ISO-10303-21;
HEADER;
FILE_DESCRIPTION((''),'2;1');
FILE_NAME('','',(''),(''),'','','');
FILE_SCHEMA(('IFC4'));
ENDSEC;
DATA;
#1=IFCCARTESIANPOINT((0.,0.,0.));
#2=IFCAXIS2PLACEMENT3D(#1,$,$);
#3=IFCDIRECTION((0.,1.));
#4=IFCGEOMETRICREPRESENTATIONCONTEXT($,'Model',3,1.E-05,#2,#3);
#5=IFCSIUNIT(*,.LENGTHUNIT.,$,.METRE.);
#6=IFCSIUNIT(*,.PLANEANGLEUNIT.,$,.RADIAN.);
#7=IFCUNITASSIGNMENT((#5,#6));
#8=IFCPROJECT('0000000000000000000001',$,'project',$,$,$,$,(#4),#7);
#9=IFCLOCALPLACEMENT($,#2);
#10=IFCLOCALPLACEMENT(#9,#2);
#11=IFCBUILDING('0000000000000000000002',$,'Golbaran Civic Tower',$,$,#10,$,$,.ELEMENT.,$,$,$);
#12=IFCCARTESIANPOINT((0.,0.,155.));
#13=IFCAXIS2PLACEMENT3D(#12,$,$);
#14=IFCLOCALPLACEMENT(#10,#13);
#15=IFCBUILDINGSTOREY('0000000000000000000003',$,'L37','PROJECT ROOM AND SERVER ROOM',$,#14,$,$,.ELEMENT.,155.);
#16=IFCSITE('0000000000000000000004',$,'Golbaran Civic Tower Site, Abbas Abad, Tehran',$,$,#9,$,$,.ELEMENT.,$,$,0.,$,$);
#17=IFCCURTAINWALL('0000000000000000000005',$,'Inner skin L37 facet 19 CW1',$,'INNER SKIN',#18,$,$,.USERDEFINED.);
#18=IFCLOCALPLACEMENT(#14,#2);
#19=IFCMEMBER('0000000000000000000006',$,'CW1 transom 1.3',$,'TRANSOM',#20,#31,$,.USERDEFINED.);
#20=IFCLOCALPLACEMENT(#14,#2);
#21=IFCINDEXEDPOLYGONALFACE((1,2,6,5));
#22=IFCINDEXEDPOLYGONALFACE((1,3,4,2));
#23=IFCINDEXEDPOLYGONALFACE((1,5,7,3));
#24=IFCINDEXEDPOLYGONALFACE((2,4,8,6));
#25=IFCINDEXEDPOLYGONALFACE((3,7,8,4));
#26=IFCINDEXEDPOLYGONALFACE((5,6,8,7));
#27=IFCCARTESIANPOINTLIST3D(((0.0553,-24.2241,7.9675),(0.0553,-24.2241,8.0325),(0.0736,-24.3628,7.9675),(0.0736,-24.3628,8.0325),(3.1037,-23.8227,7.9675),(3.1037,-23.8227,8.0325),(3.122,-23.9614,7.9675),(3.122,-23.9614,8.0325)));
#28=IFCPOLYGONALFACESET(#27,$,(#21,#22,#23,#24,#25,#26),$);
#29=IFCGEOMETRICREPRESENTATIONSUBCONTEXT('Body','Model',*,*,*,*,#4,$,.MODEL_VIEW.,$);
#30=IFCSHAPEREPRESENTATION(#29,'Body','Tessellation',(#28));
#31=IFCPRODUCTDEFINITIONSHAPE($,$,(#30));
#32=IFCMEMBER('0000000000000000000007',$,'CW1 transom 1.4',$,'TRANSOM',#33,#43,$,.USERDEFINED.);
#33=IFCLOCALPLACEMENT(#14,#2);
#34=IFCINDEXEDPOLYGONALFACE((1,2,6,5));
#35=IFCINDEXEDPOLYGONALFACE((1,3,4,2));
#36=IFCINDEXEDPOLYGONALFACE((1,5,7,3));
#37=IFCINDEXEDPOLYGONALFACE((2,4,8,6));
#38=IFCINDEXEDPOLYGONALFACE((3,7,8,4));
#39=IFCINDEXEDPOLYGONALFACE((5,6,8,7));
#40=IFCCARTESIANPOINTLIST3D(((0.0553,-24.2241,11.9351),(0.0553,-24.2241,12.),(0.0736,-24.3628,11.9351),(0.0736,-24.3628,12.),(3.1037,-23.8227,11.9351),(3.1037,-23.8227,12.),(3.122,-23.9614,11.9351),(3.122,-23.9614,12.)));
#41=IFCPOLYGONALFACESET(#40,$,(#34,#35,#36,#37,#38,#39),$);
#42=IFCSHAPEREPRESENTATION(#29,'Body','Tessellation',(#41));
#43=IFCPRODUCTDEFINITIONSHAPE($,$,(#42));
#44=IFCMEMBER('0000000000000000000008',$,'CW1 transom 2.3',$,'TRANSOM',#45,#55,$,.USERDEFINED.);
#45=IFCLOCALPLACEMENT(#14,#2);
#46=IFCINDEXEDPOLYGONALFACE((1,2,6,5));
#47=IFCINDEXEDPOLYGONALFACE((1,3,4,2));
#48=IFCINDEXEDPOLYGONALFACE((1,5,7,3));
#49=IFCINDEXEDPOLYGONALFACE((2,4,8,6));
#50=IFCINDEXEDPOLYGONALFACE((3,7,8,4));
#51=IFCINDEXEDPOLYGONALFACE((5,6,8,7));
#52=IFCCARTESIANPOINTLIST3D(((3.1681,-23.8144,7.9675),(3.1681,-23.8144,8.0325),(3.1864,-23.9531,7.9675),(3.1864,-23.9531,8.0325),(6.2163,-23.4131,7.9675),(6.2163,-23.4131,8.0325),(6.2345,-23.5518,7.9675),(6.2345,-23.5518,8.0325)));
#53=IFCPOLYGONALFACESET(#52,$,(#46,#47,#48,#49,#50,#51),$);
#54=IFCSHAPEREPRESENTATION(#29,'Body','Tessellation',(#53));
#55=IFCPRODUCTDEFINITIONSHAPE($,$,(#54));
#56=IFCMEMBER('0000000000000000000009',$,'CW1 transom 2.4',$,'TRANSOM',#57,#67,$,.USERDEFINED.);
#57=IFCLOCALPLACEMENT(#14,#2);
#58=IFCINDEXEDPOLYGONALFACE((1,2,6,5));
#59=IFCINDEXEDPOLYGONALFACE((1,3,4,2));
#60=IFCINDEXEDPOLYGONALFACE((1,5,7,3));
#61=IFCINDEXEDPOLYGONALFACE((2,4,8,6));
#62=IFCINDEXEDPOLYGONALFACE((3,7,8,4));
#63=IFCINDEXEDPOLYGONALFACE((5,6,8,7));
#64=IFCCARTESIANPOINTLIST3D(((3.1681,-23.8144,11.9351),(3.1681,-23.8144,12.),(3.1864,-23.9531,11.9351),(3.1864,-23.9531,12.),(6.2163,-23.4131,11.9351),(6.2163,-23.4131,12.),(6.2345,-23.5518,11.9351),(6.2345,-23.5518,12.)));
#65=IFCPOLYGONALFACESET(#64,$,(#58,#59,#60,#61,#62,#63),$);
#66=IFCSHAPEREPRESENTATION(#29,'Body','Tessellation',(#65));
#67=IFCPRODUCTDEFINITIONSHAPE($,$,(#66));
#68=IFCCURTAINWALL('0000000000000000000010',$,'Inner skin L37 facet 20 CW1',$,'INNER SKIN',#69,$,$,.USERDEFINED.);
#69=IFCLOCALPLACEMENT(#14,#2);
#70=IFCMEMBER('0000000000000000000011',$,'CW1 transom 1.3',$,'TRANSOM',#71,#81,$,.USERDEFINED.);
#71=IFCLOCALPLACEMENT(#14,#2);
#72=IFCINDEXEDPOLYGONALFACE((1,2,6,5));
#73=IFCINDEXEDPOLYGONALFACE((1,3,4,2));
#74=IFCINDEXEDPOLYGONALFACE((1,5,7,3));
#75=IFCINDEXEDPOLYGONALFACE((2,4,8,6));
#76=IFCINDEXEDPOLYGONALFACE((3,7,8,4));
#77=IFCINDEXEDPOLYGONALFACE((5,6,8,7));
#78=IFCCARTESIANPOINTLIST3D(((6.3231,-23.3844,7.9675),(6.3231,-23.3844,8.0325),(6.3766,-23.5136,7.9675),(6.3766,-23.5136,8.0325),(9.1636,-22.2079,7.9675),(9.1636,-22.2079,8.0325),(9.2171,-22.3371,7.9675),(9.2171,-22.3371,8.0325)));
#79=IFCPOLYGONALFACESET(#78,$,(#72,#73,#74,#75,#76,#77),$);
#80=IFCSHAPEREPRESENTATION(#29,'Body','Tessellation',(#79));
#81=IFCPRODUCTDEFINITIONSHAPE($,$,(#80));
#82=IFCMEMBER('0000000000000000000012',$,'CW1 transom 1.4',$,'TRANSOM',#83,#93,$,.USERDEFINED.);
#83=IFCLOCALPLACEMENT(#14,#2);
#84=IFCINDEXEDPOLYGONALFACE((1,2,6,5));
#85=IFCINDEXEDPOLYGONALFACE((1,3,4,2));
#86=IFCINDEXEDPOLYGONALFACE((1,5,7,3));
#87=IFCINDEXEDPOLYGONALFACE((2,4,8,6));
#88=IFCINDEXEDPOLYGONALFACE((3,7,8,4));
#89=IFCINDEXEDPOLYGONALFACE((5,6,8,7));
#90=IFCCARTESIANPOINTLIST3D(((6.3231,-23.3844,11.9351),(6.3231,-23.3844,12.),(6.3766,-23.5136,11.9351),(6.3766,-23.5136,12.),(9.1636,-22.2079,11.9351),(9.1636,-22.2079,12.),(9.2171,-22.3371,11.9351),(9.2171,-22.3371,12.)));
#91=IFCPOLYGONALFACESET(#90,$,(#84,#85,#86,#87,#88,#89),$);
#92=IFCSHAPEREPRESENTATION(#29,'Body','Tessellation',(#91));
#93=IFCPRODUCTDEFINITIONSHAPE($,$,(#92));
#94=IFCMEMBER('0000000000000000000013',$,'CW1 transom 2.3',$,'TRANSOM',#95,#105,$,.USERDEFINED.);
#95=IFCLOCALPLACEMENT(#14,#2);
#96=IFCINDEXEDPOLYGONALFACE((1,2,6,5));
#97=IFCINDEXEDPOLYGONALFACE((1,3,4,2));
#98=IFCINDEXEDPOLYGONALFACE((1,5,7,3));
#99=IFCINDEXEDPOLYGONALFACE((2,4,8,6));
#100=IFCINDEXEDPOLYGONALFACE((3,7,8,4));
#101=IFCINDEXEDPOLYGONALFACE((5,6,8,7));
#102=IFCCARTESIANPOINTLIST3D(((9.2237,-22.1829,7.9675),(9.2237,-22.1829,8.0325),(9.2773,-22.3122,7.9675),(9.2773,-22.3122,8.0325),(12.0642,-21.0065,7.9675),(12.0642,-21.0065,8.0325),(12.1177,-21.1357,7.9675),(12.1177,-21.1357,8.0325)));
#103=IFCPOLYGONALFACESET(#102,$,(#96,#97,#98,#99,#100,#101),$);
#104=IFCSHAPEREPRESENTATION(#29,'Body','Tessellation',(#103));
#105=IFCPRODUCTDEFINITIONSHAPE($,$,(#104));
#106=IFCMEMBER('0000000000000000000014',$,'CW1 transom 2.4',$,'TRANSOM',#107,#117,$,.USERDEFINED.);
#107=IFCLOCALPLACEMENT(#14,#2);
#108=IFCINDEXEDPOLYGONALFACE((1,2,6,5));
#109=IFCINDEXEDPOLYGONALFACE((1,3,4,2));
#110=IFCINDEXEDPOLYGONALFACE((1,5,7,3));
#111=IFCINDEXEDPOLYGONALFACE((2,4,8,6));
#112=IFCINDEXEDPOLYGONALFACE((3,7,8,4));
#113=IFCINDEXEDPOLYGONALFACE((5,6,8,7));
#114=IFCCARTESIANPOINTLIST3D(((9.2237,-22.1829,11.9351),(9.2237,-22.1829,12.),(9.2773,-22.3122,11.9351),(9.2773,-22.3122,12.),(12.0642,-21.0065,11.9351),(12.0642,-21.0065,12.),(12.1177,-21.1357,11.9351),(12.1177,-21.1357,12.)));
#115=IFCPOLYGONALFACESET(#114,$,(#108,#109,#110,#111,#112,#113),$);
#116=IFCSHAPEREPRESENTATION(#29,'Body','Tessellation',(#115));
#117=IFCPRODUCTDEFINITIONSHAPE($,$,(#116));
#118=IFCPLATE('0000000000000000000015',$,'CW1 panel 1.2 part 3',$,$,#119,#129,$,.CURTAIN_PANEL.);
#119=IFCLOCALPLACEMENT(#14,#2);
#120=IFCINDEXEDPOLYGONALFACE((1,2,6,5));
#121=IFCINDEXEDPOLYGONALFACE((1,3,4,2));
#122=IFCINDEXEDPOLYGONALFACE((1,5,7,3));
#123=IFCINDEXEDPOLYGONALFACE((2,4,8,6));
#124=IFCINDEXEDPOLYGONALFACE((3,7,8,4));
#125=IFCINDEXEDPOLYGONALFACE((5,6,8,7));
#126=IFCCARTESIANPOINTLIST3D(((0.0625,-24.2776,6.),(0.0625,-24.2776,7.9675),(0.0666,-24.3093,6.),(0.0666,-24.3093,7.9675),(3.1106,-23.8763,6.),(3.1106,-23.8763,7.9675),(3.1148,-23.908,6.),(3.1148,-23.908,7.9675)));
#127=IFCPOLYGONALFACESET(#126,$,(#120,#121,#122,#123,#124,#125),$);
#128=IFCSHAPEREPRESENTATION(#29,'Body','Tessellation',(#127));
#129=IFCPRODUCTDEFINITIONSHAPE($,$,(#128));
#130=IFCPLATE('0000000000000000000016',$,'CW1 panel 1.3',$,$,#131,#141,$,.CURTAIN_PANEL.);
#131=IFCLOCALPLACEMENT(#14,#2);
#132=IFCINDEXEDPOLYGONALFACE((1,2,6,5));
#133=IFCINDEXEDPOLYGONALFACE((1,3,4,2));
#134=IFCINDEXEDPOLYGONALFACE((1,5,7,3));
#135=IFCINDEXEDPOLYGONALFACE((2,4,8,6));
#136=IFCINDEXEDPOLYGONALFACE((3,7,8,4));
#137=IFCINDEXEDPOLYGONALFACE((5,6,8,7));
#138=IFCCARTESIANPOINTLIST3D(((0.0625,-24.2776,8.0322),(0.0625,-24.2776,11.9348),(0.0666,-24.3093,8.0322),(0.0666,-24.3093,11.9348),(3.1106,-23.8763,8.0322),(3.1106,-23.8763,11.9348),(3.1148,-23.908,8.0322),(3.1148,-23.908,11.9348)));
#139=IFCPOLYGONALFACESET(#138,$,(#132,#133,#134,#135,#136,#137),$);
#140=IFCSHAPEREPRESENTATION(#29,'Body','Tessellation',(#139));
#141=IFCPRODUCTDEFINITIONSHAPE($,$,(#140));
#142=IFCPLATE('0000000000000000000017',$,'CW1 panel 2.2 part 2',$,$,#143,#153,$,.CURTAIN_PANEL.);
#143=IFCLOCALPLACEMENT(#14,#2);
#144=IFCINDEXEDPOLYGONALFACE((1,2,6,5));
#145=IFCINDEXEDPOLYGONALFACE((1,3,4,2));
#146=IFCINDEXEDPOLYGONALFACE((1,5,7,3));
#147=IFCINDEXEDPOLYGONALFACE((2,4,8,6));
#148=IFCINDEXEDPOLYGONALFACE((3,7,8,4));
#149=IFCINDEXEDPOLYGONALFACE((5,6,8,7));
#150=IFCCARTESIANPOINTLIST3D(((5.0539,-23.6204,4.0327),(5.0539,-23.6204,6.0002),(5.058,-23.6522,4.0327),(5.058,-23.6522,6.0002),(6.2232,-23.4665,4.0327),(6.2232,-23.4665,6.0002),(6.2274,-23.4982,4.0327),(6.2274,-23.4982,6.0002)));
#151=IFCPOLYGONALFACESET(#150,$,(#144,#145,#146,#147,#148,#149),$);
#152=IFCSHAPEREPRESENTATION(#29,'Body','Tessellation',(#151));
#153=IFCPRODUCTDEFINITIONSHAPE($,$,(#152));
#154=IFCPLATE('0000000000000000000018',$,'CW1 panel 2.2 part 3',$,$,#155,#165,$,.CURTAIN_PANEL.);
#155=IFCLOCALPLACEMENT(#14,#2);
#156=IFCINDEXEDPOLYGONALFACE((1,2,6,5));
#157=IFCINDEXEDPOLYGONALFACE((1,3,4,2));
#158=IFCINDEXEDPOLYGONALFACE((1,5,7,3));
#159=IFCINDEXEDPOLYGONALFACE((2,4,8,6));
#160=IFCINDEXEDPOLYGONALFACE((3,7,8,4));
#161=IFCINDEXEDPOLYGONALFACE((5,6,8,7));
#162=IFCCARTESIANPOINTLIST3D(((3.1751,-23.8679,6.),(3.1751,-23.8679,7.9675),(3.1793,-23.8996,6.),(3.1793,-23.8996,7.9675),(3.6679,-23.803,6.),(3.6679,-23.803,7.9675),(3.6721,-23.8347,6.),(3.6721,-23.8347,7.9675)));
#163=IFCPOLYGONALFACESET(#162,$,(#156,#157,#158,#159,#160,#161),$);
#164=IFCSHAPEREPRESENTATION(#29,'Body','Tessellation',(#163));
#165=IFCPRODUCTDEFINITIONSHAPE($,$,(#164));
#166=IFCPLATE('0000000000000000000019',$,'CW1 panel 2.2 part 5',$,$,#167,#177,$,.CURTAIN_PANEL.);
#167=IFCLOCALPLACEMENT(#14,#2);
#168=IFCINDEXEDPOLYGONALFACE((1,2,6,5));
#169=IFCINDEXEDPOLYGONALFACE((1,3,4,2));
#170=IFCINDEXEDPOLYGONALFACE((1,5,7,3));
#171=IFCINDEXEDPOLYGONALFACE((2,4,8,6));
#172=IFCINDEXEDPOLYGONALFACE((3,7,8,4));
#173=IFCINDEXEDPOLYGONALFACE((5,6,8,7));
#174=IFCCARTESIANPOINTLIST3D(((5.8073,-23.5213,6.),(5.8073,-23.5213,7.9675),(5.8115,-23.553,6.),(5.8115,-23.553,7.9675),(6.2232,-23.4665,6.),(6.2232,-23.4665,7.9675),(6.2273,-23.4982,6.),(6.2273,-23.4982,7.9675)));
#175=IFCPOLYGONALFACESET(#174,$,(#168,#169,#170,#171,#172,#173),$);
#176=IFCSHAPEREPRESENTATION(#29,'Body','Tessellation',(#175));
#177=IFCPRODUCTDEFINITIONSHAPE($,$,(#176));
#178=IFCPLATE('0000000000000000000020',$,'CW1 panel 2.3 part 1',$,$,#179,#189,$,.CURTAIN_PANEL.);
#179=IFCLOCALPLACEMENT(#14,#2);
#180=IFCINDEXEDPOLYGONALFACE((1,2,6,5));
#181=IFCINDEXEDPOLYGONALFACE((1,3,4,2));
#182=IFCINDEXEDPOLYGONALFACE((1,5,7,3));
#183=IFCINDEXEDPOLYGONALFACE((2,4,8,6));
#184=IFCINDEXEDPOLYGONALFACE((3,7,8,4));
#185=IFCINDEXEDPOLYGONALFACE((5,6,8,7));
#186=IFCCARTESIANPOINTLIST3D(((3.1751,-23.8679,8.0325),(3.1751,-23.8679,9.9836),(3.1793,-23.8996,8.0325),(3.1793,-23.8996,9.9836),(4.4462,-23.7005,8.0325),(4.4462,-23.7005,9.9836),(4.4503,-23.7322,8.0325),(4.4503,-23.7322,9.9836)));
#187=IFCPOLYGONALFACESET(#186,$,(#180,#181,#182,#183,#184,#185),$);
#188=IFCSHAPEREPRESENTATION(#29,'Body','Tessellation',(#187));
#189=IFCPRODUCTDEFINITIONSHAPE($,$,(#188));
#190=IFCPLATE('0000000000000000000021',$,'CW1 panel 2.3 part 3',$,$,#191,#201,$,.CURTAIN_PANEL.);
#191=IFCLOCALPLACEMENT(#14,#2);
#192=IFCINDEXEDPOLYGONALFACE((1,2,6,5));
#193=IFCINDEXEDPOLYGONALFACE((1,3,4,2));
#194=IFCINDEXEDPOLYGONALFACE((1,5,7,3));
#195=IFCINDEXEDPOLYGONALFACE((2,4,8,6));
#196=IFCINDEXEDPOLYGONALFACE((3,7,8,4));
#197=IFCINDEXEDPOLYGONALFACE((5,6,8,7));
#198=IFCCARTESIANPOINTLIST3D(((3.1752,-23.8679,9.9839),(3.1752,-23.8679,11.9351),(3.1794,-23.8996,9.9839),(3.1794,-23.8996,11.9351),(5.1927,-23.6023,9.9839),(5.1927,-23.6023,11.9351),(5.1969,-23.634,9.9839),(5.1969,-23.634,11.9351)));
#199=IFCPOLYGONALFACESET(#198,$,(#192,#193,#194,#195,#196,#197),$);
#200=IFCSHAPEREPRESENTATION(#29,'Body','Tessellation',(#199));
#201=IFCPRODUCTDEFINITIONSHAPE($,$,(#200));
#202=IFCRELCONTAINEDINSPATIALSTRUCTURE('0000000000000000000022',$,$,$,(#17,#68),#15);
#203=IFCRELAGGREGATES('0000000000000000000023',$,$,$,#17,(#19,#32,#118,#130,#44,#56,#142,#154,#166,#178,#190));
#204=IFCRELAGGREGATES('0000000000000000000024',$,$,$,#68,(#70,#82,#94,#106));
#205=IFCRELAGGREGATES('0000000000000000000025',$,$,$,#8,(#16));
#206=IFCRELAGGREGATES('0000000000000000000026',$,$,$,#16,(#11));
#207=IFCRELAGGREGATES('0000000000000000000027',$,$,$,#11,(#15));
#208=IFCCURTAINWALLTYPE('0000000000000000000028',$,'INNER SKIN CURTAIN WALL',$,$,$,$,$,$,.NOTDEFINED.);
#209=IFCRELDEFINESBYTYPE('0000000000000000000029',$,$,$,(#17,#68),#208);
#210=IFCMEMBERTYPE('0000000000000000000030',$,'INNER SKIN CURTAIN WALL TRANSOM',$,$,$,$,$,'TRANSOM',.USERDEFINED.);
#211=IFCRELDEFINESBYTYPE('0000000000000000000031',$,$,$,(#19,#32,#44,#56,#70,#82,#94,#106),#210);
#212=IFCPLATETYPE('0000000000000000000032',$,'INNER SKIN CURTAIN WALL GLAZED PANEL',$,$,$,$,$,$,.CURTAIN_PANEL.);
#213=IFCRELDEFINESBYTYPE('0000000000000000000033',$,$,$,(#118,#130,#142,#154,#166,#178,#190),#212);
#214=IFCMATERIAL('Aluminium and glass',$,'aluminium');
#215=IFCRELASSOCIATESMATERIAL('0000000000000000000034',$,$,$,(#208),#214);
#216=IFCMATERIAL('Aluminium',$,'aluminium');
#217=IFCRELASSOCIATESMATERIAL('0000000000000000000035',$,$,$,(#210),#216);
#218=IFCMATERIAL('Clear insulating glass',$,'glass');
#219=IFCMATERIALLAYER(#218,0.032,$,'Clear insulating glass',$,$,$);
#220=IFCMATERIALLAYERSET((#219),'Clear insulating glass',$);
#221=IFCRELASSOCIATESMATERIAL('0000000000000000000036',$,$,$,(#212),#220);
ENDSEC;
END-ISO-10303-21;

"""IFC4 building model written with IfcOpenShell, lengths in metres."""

from ifc_helpers import new_model, si_unit, direction, frame, origin, origin_2d, place, context, subcontext, project, spatial, rectangle, extrude, material, layer, layer_set, material_profile, profile_set, type_object, element, aggregate, save


model = new_model("IFC4")

# Units and contexts
model_context = context("Model", 3, precision=1e-05, world=origin(), true_north=direction((0.0, 1.0)))
body_context = subcontext(model_context, "Body", "Model", "MODEL_VIEW")
ifc_project = project(units=[si_unit("LENGTHUNIT", "METRE"), si_unit("PLANEANGLEUNIT", "RADIAN")], contexts=[model_context])

# Site, building, storey
site_placement = place(None, origin())
site = spatial("IfcSite", under=ifc_project, at=site_placement, Name="Golbaran Civic Tower Site, Abbas Abad, Tehran", CompositionType="ELEMENT", RefElevation=0.0)
building_placement = place(site_placement, origin())
building = spatial("IfcBuilding", under=site, at=building_placement, Name="Golbaran Civic Tower", CompositionType="ELEMENT")
storey_placement = place(building_placement, frame((0.0, 0.0, 155.0)))
storey = spatial("IfcBuildingStorey", under=building, at=storey_placement, Name="L37", Description="PROJECT ROOM AND SERVER ROOM", CompositionType="ELEMENT", Elevation=155.0)

# Curtain walls, members
ifc_material_1 = material(Name="Aluminium and glass", Category="aluminium")
curtain_wall_type = type_object("IfcCurtainWallType", Name="INNER SKIN CURTAIN WALL", PredefinedType="NOTDEFINED", material=ifc_material_1)
curtain_wall_1_placement = place(storey_placement, origin())
curtain_wall_1 = element("IfcCurtainWall", 1, at=curtain_wall_1_placement, inside=storey, type_object=curtain_wall_type, Name="Inner skin L37 facet 19 CW1", ObjectType="INNER SKIN", PredefinedType="USERDEFINED")
ifc_material_2 = material(Name="Aluminium", Category="aluminium")
ifc_material_profile = material_profile(ifc_material_2, rectangle(XDim=0.1399, YDim=0.0649, at=origin_2d()), Name="INNER SKIN CURTAIN WALL TRANSOM")
ifc_profile_set = profile_set([ifc_material_profile], Name="Aluminium")
member_type = type_object("IfcMemberType", Name="INNER SKIN CURTAIN WALL TRANSOM", ElementType="TRANSOM", PredefinedType="USERDEFINED", material=ifc_profile_set)
member_1_placement = place(storey_placement, frame((0.0645, -24.2935, 8.0), z_axis=(0.991443, 0.130541, 0.0), x_axis=(-0.130541, 0.991443, 0.0)))
member_1 = element("IfcMember", 2, at=member_1_placement, type_object=member_type, Name="CW1 transom 1.3", ObjectType="TRANSOM", PredefinedType="USERDEFINED", context=body_context, shape_type="SweptSolid", body=[
    extrude(rectangle(XDim=0.1399, YDim=0.0649, at=origin_2d()), origin(), (0.0, 0.0, 1.0), 3.0747),
])
member_2_placement = place(storey_placement, frame((0.0645, -24.2935, 11.9675), z_axis=(0.991443, 0.130541, 0.0), x_axis=(-0.130541, 0.991443, 0.0)))
member_2 = element("IfcMember", 3, at=member_2_placement, type_object=member_type, Name="CW1 transom 1.4", ObjectType="TRANSOM", PredefinedType="USERDEFINED", context=body_context, shape_type="SweptSolid", body=[
    extrude(rectangle(XDim=0.1399, YDim=0.0649, at=origin_2d()), origin(), (0.0, 0.0, 1.0), 3.0747),
])
member_3_placement = place(storey_placement, frame((3.1772, -23.8838, 8.0), z_axis=(0.991442, 0.130551, 0.0), x_axis=(-0.130551, 0.991442, 0.0)))
member_3 = element("IfcMember", 4, at=member_3_placement, type_object=member_type, Name="CW1 transom 2.3", ObjectType="TRANSOM", PredefinedType="USERDEFINED", context=body_context, shape_type="SweptSolid", body=[
    extrude(rectangle(XDim=0.1399, YDim=0.0649, at=origin_2d()), origin(), (0.0, 0.0, 1.0), 3.0745),
])
member_4_placement = place(storey_placement, frame((3.1772, -23.8838, 11.9675), z_axis=(0.991442, 0.130551, 0.0), x_axis=(-0.130551, 0.991442, 0.0)))
member_4 = element("IfcMember", 5, at=member_4_placement, type_object=member_type, Name="CW1 transom 2.4", ObjectType="TRANSOM", PredefinedType="USERDEFINED", context=body_context, shape_type="SweptSolid", body=[
    extrude(rectangle(XDim=0.1399, YDim=0.0649, at=origin_2d()), origin(), (0.0, 0.0, 1.0), 3.0745),
])
curtain_wall_2_placement = place(storey_placement, origin())
curtain_wall_2 = element("IfcCurtainWall", 6, at=curtain_wall_2_placement, inside=storey, type_object=curtain_wall_type, Name="Inner skin L37 facet 20 CW1", ObjectType="INNER SKIN", PredefinedType="USERDEFINED")
member_5_placement = place(storey_placement, frame((6.3499, -23.449, 8.0), z_axis=(0.92389, 0.382658, 0.0), x_axis=(-0.382658, 0.92389, 0.0)))
member_5 = element("IfcMember", 7, at=member_5_placement, type_object=member_type, Name="CW1 transom 1.3", ObjectType="TRANSOM", PredefinedType="USERDEFINED", context=body_context, shape_type="SweptSolid", body=[
    extrude(rectangle(XDim=0.1399, YDim=0.0649, at=origin_2d()), origin(), (0.0, 0.0, 1.0), 3.0745),
])
member_6_placement = place(storey_placement, frame((6.3499, -23.449, 11.9675), z_axis=(0.92389, 0.382658, 0.0), x_axis=(-0.382658, 0.92389, 0.0)))
member_6 = element("IfcMember", 8, at=member_6_placement, type_object=member_type, Name="CW1 transom 1.4", ObjectType="TRANSOM", PredefinedType="USERDEFINED", context=body_context, shape_type="SweptSolid", body=[
    extrude(rectangle(XDim=0.1399, YDim=0.0649, at=origin_2d()), origin(), (0.0, 0.0, 1.0), 3.0745),
])
member_7_placement = place(storey_placement, frame((9.2505, -22.2476, 8.0), z_axis=(0.92389, 0.382658, 0.0), x_axis=(-0.382658, 0.92389, 0.0)))
member_7 = element("IfcMember", 9, at=member_7_placement, type_object=member_type, Name="CW1 transom 2.3", ObjectType="TRANSOM", PredefinedType="USERDEFINED", context=body_context, shape_type="SweptSolid", body=[
    extrude(rectangle(XDim=0.1399, YDim=0.0649, at=origin_2d()), origin(), (0.0, 0.0, 1.0), 3.0745),
])
member_8_placement = place(storey_placement, frame((9.2505, -22.2476, 11.9675), z_axis=(0.92389, 0.382658, 0.0), x_axis=(-0.382658, 0.92389, 0.0)))
member_8 = element("IfcMember", 10, at=member_8_placement, type_object=member_type, Name="CW1 transom 2.4", ObjectType="TRANSOM", PredefinedType="USERDEFINED", context=body_context, shape_type="SweptSolid", body=[
    extrude(rectangle(XDim=0.1399, YDim=0.0649, at=origin_2d()), origin(), (0.0, 0.0, 1.0), 3.0745),
])

# Plates
ifc_material_3 = material(Name="Clear insulating glass", Category="glass")
ifc_layer_1 = layer(ifc_material_3, 0.032, Name="Clear insulating glass")
ifc_layer_set_1 = layer_set([ifc_layer_1], Name="Clear insulating glass")
plate_type_1 = type_object("IfcPlateType", Name="INNER SKIN CURTAIN WALL GLAZED PANEL", PredefinedType="CURTAIN_PANEL", material=ifc_layer_set_1)
plate_1_placement = place(storey_placement, frame((1.5886, -24.0928, 6.0), z_axis=(0.0, 0.0, 1.0), x_axis=(0.991445, 0.130526, 0.0)))
plate_1 = element("IfcPlate", 11, at=plate_1_placement, type_object=plate_type_1, Name="CW1 panel 1.2 part 3", PredefinedType="CURTAIN_PANEL", context=body_context, shape_type="SweptSolid", body=[
    extrude(rectangle(XDim=3.0745, YDim=0.032, at=origin_2d()), origin(), (0.0, 0.0, 1.0), 1.9675),
])
plate_2_placement = place(storey_placement, frame((1.5886, -24.0928, 8.0322), z_axis=(0.0, 0.0, 1.0), x_axis=(0.991445, 0.130526, 0.0)))
plate_2 = element("IfcPlate", 12, at=plate_2_placement, type_object=plate_type_1, Name="CW1 panel 1.3", PredefinedType="CURTAIN_PANEL", context=body_context, shape_type="SweptSolid", body=[
    extrude(rectangle(XDim=3.0745, YDim=0.032, at=origin_2d()), origin(), (0.0, 0.0, 1.0), 3.9026),
])
plate_3_placement = place(storey_placement, frame((5.6406, -23.5593, 4.0327), z_axis=(0.0, 0.0, 1.0), x_axis=(0.991445, 0.130526, 0.0)))
plate_3 = element("IfcPlate", 13, at=plate_3_placement, type_object=plate_type_1, Name="CW1 panel 2.2 part 2", PredefinedType="CURTAIN_PANEL", context=body_context, shape_type="SweptSolid", body=[
    extrude(rectangle(XDim=1.1794, YDim=0.032, at=origin_2d()), origin(), (0.0, 0.0, 1.0), 1.9675),
])
plate_4_placement = place(storey_placement, frame((3.4236, -23.8513, 6.0), z_axis=(0.0, 0.0, 1.0), x_axis=(0.991445, 0.130526, 0.0)))
plate_4 = element("IfcPlate", 14, at=plate_4_placement, type_object=plate_type_1, Name="CW1 panel 2.2 part 3", PredefinedType="CURTAIN_PANEL", context=body_context, shape_type="SweptSolid", body=[
    extrude(rectangle(XDim=0.4971, YDim=0.032, at=origin_2d()), origin(), (0.0, 0.0, 1.0), 1.9675),
])
plate_5_placement = place(storey_placement, frame((6.0173, -23.5098, 6.0), z_axis=(0.0, 0.0, 1.0), x_axis=(0.991445, 0.130526, 0.0)))
plate_5 = element("IfcPlate", 15, at=plate_5_placement, type_object=plate_type_1, Name="CW1 panel 2.2 part 5", PredefinedType="CURTAIN_PANEL", context=body_context, shape_type="SweptSolid", body=[
    extrude(rectangle(XDim=0.4194, YDim=0.032, at=origin_2d()), origin(), (0.0, 0.0, 1.0), 1.9675),
])
plate_6_placement = place(storey_placement, frame((3.8127, -23.8, 8.0325), z_axis=(0.0, 0.0, 1.0), x_axis=(0.991445, 0.130526, 0.0)))
plate_6 = element("IfcPlate", 16, at=plate_6_placement, type_object=plate_type_1, Name="CW1 panel 2.3 part 1", PredefinedType="CURTAIN_PANEL", context=body_context, shape_type="SweptSolid", body=[
    extrude(rectangle(XDim=1.282, YDim=0.032, at=origin_2d()), origin(), (0.0, 0.0, 1.0), 1.9512),
])
plate_7_placement = place(storey_placement, frame((4.186, -23.751, 9.9839), z_axis=(0.0, 0.0, 1.0), x_axis=(0.991445, 0.130526, 0.0)))
plate_7 = element("IfcPlate", 17, at=plate_7_placement, type_object=plate_type_1, Name="CW1 panel 2.3 part 3", PredefinedType="CURTAIN_PANEL", context=body_context, shape_type="SweptSolid", body=[
    extrude(rectangle(XDim=2.0349, YDim=0.032, at=origin_2d()), origin(), (0.0, 0.0, 1.0), 1.9512),
])
aggregate(curtain_wall_1, [member_1, member_2, plate_1, plate_2, member_3, member_4, plate_3, plate_4, plate_5, plate_6, plate_7])
aggregate(curtain_wall_2, [member_5, member_6, member_7, member_8])

save(model, "model.ifc")
